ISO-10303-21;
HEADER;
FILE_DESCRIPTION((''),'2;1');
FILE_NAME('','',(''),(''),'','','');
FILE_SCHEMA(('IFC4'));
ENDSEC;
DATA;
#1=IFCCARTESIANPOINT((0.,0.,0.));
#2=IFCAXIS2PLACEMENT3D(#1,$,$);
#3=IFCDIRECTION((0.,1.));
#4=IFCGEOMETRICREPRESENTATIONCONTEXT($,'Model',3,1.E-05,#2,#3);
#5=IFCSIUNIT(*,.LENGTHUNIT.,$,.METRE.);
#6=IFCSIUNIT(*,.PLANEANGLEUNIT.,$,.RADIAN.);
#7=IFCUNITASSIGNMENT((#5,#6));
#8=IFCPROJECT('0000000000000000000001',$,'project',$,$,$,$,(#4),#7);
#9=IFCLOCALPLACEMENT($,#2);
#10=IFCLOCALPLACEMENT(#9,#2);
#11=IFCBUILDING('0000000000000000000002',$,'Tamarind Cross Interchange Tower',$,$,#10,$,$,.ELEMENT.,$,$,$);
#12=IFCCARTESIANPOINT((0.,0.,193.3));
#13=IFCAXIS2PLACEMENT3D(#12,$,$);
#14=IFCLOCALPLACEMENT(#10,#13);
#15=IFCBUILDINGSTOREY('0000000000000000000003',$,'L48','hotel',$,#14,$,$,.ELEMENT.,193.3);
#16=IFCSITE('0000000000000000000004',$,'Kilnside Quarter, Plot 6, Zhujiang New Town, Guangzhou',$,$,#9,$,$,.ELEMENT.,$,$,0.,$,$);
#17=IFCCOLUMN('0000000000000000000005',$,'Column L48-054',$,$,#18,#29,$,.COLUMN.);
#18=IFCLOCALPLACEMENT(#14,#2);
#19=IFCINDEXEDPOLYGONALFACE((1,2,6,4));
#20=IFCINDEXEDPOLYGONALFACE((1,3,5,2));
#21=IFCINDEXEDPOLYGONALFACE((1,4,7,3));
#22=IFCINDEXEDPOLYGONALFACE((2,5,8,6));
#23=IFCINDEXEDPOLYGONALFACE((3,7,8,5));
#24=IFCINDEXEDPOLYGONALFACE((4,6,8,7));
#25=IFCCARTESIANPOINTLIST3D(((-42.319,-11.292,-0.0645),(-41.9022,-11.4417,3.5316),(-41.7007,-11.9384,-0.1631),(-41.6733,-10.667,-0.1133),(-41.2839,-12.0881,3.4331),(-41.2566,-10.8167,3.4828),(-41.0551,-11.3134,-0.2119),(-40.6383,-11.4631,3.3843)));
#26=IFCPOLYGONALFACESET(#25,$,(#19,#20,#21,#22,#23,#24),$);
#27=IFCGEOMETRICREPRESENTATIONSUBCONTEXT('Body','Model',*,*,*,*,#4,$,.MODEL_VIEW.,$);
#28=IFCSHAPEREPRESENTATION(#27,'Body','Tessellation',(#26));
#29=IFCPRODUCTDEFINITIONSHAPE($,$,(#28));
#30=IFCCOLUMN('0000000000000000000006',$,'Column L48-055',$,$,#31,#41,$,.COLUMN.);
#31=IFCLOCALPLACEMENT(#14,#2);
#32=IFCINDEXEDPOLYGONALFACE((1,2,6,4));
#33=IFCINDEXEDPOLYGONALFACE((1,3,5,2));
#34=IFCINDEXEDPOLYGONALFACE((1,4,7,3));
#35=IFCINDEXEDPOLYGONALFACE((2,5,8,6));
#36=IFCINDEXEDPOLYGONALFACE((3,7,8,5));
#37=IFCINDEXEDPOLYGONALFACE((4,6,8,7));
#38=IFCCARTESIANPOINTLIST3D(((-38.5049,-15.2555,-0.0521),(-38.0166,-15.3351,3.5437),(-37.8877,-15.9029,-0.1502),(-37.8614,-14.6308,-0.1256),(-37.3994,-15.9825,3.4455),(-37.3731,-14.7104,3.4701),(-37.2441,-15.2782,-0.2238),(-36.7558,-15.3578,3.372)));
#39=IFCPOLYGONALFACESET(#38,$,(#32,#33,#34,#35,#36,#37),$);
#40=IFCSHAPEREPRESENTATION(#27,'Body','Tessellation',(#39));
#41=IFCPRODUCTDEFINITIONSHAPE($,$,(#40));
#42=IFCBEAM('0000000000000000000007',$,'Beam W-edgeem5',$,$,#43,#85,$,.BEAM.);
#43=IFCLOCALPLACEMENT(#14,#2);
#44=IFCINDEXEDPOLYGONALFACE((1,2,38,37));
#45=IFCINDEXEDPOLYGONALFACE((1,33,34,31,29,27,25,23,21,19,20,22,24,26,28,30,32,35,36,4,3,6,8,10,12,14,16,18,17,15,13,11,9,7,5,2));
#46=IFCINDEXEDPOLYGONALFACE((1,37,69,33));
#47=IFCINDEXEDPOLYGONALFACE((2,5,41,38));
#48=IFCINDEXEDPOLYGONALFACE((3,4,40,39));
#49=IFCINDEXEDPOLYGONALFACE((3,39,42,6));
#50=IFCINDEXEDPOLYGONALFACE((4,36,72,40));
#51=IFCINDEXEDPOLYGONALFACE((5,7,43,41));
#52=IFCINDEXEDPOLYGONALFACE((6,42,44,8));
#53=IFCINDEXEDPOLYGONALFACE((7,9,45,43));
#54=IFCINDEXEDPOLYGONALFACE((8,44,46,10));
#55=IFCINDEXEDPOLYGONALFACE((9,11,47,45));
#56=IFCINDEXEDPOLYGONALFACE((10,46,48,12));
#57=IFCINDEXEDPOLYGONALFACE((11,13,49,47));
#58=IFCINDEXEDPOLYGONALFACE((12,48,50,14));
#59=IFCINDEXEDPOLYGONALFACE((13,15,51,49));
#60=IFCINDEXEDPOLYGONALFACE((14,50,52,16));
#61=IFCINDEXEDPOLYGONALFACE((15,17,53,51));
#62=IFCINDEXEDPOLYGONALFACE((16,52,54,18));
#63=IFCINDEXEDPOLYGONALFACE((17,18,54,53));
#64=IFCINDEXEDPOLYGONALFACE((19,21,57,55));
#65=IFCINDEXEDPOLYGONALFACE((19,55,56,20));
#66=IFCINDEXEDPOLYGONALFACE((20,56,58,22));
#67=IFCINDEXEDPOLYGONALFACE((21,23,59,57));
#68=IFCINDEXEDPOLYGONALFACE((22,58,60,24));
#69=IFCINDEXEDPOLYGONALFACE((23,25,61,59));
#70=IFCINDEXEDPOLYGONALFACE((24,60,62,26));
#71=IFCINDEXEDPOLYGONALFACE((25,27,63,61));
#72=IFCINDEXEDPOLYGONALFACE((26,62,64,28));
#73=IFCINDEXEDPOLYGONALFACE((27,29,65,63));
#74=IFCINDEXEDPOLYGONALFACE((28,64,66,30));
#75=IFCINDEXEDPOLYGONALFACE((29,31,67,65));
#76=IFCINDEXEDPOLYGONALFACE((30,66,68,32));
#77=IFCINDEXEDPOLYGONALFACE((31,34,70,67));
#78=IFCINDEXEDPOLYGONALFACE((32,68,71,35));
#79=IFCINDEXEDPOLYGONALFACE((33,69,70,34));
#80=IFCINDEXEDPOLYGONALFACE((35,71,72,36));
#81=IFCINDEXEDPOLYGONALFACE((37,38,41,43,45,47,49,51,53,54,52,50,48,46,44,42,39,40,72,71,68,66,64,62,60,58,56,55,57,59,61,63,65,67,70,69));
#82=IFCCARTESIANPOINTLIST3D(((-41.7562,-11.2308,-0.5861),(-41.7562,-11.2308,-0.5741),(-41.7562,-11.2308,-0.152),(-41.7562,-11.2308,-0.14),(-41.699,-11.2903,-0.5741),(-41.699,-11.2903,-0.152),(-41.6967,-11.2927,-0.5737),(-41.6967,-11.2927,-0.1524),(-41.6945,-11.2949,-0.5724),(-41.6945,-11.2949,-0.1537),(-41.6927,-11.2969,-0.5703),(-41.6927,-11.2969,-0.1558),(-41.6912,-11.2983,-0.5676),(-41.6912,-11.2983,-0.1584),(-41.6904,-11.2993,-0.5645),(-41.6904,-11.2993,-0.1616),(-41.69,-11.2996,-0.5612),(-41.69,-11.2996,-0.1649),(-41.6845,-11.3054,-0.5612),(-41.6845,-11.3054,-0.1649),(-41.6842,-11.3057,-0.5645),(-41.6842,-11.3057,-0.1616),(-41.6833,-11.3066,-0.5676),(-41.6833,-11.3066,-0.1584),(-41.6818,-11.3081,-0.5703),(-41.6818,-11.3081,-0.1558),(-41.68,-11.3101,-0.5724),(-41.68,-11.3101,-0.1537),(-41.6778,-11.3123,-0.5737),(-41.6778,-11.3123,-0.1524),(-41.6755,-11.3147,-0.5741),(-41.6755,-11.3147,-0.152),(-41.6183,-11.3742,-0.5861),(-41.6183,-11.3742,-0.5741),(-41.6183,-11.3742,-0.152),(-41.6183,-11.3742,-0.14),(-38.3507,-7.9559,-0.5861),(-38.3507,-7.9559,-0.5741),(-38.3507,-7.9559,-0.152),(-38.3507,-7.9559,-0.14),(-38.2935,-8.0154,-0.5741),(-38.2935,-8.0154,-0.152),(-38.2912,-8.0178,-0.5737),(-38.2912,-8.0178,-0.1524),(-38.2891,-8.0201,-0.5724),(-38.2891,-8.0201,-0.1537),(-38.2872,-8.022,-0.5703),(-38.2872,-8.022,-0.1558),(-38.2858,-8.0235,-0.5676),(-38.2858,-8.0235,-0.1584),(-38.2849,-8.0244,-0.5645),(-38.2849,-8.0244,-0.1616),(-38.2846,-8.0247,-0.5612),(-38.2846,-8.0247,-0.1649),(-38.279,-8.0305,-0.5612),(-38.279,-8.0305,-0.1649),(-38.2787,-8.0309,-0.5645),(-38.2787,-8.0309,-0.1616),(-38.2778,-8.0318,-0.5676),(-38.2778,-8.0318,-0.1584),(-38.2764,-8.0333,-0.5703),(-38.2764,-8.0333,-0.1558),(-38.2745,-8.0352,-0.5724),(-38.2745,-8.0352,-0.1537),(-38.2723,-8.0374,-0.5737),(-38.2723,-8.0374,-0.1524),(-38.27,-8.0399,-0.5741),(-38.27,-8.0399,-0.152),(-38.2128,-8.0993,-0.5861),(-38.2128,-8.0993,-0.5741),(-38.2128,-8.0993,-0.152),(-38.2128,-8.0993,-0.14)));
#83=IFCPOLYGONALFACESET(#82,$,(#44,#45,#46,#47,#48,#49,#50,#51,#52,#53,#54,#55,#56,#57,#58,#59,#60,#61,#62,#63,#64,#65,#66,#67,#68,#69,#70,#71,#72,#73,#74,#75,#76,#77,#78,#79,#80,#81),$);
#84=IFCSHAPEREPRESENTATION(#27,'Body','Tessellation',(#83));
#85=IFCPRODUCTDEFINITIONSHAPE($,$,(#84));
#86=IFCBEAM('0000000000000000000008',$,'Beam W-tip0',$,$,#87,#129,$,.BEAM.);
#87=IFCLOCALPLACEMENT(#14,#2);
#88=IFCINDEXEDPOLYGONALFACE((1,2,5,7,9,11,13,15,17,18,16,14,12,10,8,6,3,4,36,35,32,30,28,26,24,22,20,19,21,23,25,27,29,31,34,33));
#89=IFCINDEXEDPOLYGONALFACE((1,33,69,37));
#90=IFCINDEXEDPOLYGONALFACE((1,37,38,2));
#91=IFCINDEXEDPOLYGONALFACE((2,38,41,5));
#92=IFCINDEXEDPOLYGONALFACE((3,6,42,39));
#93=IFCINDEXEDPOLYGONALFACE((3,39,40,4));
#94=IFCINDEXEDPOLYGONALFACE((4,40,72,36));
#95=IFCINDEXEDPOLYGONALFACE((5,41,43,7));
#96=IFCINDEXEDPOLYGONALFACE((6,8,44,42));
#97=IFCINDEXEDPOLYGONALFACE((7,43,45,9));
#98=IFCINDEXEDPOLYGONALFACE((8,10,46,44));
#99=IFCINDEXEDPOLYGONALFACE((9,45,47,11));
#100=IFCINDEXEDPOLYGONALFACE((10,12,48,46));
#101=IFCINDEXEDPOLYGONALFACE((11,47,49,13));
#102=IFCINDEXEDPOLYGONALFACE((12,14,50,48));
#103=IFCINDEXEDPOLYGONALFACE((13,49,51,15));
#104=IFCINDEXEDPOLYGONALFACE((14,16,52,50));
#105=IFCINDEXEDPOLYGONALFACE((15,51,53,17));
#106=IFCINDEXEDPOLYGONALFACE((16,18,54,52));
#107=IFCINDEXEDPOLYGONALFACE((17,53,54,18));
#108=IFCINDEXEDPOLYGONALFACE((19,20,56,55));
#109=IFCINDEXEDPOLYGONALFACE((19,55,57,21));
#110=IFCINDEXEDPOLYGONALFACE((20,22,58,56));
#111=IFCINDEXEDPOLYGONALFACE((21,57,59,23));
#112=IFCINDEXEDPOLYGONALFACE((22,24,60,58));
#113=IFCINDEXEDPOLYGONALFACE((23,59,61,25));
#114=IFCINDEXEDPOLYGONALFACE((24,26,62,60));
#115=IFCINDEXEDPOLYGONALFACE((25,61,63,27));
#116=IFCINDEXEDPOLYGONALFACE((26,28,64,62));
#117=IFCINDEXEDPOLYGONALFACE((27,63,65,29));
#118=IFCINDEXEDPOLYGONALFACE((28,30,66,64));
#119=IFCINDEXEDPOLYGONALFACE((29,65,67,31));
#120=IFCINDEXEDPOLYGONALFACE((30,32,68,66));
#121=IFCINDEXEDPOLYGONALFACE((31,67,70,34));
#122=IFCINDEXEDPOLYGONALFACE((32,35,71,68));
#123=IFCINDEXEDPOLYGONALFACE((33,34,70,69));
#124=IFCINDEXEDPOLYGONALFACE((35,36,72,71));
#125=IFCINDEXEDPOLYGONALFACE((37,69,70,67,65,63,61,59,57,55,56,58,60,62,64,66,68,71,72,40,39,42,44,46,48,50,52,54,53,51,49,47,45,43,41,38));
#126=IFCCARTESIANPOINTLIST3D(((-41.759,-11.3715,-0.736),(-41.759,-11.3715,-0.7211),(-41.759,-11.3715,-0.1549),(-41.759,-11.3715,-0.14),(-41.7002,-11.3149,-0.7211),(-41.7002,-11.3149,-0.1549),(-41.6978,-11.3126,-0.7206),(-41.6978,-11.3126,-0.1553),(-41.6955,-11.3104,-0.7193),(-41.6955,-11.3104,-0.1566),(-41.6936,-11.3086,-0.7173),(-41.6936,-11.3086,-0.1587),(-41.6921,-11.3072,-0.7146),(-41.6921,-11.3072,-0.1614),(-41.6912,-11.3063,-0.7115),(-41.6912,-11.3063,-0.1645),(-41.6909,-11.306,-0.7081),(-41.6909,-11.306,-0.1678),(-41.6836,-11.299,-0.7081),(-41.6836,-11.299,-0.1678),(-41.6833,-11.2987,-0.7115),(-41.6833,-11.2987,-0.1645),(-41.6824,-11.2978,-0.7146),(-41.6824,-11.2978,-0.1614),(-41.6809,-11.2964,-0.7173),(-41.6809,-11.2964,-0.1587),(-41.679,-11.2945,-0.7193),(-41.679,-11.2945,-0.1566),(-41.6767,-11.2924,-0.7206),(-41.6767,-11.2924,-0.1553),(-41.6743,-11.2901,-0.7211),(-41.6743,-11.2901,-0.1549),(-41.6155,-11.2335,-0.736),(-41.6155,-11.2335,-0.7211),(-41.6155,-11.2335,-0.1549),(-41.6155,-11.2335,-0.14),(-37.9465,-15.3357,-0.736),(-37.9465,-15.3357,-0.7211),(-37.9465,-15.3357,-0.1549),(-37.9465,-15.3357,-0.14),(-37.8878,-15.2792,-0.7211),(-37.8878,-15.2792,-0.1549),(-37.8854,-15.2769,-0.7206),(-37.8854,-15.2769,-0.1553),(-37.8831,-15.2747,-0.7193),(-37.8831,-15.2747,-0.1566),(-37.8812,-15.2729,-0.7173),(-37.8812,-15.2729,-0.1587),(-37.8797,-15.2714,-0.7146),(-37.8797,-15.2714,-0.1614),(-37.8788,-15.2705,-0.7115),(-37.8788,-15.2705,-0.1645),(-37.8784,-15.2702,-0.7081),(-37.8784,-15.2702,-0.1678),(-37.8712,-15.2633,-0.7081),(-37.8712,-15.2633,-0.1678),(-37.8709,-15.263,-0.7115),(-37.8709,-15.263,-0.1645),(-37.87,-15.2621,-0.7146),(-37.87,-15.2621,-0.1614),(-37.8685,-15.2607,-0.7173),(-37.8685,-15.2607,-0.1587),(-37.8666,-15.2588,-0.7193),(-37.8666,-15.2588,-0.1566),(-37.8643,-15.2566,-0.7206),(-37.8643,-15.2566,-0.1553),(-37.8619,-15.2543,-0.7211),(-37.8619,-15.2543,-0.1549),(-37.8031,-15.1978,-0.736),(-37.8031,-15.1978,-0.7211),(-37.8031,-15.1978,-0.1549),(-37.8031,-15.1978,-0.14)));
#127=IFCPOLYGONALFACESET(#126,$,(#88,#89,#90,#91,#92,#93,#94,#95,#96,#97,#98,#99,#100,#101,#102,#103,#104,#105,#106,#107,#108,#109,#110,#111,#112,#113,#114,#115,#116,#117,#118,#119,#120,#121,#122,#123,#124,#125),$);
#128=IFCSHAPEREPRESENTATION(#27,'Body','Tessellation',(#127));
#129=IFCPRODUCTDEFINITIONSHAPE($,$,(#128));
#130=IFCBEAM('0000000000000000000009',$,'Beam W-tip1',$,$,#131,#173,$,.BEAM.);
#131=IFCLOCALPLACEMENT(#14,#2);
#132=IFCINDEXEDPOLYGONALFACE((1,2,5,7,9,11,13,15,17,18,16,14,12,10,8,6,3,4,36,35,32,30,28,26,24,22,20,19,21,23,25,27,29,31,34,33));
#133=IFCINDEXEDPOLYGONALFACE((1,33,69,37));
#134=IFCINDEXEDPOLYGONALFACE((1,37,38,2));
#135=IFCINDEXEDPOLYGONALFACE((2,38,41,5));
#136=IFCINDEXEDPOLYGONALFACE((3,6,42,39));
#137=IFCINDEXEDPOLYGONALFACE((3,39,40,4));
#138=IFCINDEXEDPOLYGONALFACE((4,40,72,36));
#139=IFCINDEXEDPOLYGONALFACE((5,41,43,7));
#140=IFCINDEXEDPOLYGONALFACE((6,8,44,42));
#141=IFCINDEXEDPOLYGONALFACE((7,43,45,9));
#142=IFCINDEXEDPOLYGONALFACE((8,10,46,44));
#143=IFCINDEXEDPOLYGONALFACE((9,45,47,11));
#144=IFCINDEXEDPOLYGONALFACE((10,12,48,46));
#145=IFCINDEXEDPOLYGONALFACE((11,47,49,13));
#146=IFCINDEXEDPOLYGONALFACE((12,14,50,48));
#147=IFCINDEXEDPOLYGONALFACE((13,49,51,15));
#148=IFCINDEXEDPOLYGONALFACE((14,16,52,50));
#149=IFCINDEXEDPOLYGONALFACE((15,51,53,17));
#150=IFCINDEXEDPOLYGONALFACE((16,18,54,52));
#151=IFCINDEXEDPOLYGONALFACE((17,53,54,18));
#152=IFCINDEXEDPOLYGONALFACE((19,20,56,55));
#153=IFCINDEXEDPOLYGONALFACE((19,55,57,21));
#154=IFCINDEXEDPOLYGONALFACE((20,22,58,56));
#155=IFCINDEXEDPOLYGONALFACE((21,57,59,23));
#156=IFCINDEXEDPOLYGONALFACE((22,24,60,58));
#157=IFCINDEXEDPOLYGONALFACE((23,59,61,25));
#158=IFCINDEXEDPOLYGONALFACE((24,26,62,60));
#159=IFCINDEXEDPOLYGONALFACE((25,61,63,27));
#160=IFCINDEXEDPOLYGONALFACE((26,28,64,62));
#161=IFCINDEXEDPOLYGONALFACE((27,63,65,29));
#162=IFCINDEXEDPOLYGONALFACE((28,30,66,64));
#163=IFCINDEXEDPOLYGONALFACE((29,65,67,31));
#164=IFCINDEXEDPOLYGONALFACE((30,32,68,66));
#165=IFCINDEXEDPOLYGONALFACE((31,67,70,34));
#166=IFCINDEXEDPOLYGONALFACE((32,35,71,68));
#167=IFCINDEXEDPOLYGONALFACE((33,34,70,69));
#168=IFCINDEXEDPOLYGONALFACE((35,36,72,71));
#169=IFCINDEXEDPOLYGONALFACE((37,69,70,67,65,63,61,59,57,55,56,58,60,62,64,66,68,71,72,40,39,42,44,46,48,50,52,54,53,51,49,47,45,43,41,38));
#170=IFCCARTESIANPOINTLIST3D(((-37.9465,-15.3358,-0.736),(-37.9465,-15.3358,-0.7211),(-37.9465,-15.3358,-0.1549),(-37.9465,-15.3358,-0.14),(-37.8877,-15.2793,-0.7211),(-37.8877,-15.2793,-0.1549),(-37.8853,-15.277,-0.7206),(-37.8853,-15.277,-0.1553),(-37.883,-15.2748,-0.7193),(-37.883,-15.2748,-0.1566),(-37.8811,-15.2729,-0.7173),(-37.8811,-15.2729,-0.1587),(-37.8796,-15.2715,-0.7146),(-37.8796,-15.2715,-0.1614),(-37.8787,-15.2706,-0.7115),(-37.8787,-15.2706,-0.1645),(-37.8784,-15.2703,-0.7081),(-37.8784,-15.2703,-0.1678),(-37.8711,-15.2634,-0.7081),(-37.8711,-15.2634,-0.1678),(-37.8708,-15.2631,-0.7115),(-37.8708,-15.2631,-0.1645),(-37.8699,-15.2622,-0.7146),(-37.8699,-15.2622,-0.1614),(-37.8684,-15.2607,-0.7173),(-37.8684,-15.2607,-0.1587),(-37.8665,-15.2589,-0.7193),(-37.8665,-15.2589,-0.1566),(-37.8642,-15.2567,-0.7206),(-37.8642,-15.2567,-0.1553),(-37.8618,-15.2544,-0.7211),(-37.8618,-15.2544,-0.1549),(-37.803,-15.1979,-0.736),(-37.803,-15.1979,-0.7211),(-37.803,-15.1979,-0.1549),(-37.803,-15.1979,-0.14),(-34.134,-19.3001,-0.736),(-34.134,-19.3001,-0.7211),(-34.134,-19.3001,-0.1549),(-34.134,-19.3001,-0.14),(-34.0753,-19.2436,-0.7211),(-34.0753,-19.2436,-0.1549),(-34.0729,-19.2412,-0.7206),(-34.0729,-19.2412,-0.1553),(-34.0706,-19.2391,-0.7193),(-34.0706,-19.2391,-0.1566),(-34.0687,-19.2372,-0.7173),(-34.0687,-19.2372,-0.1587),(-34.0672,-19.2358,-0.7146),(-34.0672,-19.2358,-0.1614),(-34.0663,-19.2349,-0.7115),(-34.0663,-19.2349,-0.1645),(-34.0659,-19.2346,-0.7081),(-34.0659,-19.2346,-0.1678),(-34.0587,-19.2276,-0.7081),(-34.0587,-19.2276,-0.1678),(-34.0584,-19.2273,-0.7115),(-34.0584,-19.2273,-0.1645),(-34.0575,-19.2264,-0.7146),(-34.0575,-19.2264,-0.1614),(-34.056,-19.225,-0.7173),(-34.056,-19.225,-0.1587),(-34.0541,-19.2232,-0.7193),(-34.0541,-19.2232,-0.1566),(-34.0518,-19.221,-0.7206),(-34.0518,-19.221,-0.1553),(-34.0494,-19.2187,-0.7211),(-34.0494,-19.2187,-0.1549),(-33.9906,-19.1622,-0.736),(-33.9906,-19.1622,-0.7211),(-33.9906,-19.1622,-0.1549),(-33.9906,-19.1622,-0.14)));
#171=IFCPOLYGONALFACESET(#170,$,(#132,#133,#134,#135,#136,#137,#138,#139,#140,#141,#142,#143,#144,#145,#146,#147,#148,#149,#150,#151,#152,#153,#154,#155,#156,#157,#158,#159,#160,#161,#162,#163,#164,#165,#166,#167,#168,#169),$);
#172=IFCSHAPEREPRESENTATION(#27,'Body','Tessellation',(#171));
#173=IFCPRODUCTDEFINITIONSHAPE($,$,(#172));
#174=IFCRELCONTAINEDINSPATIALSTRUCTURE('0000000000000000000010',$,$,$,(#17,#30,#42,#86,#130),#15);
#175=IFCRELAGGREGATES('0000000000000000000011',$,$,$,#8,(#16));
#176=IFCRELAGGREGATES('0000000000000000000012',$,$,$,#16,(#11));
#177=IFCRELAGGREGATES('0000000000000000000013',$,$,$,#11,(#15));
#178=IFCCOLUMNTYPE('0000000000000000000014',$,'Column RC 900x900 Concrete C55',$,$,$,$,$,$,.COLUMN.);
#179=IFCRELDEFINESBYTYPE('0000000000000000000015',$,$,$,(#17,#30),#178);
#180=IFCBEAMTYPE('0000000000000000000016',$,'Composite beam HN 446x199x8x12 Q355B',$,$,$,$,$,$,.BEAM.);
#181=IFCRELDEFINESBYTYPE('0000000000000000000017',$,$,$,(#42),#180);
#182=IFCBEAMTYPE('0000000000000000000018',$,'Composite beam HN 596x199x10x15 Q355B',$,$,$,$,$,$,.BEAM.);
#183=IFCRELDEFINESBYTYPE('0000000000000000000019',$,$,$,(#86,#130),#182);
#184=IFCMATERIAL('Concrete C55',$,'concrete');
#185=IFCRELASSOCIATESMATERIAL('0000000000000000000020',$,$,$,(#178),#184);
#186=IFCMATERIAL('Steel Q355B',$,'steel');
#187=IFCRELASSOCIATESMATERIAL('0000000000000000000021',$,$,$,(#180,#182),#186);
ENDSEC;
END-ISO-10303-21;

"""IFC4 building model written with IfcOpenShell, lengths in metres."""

from ifc_helpers import new_model, si_unit, direction, frame, origin, origin_2d, place, context, subcontext, project, spatial, rectangle, i_section, extrude, material, material_profile, profile_set, type_object, element, save


model = new_model("IFC4")

# Units and contexts
model_context = context("Model", 3, precision=1e-05, world=origin(), true_north=direction((0.0, 1.0)))
body_context = subcontext(model_context, "Body", "Model", "MODEL_VIEW")
ifc_project = project(units=[si_unit("LENGTHUNIT", "METRE"), si_unit("PLANEANGLEUNIT", "RADIAN")], contexts=[model_context])

# Site, building, storey
site_placement = place(None, origin())
site = spatial("IfcSite", under=ifc_project, at=site_placement, Name="Kilnside Quarter, Plot 6, Zhujiang New Town, Guangzhou", CompositionType="ELEMENT", RefElevation=0.0)
building_placement = place(site_placement, origin())
building = spatial("IfcBuilding", under=site, at=building_placement, Name="Tamarind Cross Interchange Tower", CompositionType="ELEMENT")
storey_placement = place(building_placement, frame((0.0, 0.0, 193.3)))
storey = spatial("IfcBuildingStorey", under=building, at=storey_placement, Name="L48", Description="hotel", CompositionType="ELEMENT", Elevation=193.3)

# Columns
ifc_material_1 = material(Name="Concrete C55", Category="concrete")
ifc_material_profile_1 = material_profile(ifc_material_1, rectangle(XDim=0.8999, YDim=0.8999, at=origin_2d()), Name="RC 900x900")
ifc_profile_set_1 = profile_set([ifc_material_profile_1], Name="Concrete C55")
column_type = type_object("IfcColumnType", Name="Column RC 900x900 Concrete C55", PredefinedType="COLUMN", material=ifc_profile_set_1)
column_1_placement = place(storey_placement, frame((-41.687, -11.3027, -0.1382), z_axis=(0.115017, -0.041304, 0.992504), x_axis=(-0.687053, 0.718308, 0.109513)))
element("IfcColumn", 1, at=column_1_placement, inside=storey, type_object=column_type, Name="Column L48-054", PredefinedType="COLUMN", context=body_context, shape_type="SweptSolid", body=[
    extrude(rectangle(XDim=0.8999, YDim=0.8999, at=origin_2d()), origin(), (0.0, 0.0, 1.0), 3.6233),
])
column_2_placement = place(storey_placement, frame((-37.8745, -15.2668, -0.1379), z_axis=(0.134528, -0.021928, 0.990667), x_axis=(-0.685905, 0.719471, 0.109068)))
element("IfcColumn", 2, at=column_2_placement, inside=storey, type_object=column_type, Name="Column L48-055", PredefinedType="COLUMN", context=body_context, shape_type="SweptSolid", body=[
    extrude(rectangle(XDim=0.8999, YDim=0.8999, at=origin_2d()), origin(), (0.0, 0.0, 1.0), 3.6296),
])

# Beams
ifc_material_2 = material(Name="Steel Q355B", Category="steel")
ifc_material_profile_2 = material_profile(ifc_material_2, i_section(OverallWidth=0.199, OverallDepth=0.446, WebThickness=0.0081, FlangeThickness=0.012, FilletRadius=0.0129, at=origin_2d()), Name="HN 446x199x8x12")
ifc_profile_set_2 = profile_set([ifc_material_profile_2], Name="Steel Q355B")
beam_type_1 = type_object("IfcBeamType", Name="Composite beam HN 446x199x8x12 Q355B", PredefinedType="BEAM", material=ifc_profile_set_2)
beam_1_placement = place(storey_placement, frame((-41.6873, -11.3025, -0.363), z_axis=(0.720794, 0.693149, 0.0), x_axis=(-0.693149, 0.720794, 0.0)))
element("IfcBeam", 3, at=beam_1_placement, inside=storey, type_object=beam_type_1, Name="Beam W-edgeem5", PredefinedType="BEAM", context=body_context, shape_type="SweptSolid", body=[
    extrude(i_section(OverallWidth=0.199, OverallDepth=0.446, WebThickness=0.0081, FlangeThickness=0.012, FilletRadius=0.0129, at=origin_2d()), origin(), (0.0, 0.0, 1.0), 4.7246),
])
ifc_material_profile_3 = material_profile(ifc_material_2, i_section(OverallWidth=0.199, OverallDepth=0.5959, WebThickness=0.01, FlangeThickness=0.0149, FilletRadius=0.0129, at=origin_2d()), Name="HN 596x199x10x15")
ifc_profile_set_3 = profile_set([ifc_material_profile_3], Name="Steel Q355B")
beam_type_2 = type_object("IfcBeamType", Name="Composite beam HN 596x199x10x15 Q355B", PredefinedType="BEAM", material=ifc_profile_set_3)
for number, where, z_axis, x_axis, name in (
    (4, (-41.6873, -11.3025, -0.438), (0.693167, -0.720777, 0.0), (0.720777, 0.693167, 0.0), "Beam W-tip0"),
    (5, (-37.8748, -15.2668, -0.438), (0.693167, -0.720777, 0.0), (0.720777, 0.693167, 0.0), "Beam W-tip1"),
):
    element("IfcBeam", number, at=place(storey_placement, frame(where, z_axis=z_axis, x_axis=x_axis)), inside=storey, type_object=beam_type_2, Name=name, PredefinedType="BEAM", context=body_context, shape_type="SweptSolid", body=[
        extrude(i_section(OverallWidth=0.199, OverallDepth=0.5959, WebThickness=0.01, FlangeThickness=0.0149, FilletRadius=0.0129, at=origin_2d()), origin(), (0.0, 0.0, 1.0), 5.5),
    ])

save(model, "model.ifc")
